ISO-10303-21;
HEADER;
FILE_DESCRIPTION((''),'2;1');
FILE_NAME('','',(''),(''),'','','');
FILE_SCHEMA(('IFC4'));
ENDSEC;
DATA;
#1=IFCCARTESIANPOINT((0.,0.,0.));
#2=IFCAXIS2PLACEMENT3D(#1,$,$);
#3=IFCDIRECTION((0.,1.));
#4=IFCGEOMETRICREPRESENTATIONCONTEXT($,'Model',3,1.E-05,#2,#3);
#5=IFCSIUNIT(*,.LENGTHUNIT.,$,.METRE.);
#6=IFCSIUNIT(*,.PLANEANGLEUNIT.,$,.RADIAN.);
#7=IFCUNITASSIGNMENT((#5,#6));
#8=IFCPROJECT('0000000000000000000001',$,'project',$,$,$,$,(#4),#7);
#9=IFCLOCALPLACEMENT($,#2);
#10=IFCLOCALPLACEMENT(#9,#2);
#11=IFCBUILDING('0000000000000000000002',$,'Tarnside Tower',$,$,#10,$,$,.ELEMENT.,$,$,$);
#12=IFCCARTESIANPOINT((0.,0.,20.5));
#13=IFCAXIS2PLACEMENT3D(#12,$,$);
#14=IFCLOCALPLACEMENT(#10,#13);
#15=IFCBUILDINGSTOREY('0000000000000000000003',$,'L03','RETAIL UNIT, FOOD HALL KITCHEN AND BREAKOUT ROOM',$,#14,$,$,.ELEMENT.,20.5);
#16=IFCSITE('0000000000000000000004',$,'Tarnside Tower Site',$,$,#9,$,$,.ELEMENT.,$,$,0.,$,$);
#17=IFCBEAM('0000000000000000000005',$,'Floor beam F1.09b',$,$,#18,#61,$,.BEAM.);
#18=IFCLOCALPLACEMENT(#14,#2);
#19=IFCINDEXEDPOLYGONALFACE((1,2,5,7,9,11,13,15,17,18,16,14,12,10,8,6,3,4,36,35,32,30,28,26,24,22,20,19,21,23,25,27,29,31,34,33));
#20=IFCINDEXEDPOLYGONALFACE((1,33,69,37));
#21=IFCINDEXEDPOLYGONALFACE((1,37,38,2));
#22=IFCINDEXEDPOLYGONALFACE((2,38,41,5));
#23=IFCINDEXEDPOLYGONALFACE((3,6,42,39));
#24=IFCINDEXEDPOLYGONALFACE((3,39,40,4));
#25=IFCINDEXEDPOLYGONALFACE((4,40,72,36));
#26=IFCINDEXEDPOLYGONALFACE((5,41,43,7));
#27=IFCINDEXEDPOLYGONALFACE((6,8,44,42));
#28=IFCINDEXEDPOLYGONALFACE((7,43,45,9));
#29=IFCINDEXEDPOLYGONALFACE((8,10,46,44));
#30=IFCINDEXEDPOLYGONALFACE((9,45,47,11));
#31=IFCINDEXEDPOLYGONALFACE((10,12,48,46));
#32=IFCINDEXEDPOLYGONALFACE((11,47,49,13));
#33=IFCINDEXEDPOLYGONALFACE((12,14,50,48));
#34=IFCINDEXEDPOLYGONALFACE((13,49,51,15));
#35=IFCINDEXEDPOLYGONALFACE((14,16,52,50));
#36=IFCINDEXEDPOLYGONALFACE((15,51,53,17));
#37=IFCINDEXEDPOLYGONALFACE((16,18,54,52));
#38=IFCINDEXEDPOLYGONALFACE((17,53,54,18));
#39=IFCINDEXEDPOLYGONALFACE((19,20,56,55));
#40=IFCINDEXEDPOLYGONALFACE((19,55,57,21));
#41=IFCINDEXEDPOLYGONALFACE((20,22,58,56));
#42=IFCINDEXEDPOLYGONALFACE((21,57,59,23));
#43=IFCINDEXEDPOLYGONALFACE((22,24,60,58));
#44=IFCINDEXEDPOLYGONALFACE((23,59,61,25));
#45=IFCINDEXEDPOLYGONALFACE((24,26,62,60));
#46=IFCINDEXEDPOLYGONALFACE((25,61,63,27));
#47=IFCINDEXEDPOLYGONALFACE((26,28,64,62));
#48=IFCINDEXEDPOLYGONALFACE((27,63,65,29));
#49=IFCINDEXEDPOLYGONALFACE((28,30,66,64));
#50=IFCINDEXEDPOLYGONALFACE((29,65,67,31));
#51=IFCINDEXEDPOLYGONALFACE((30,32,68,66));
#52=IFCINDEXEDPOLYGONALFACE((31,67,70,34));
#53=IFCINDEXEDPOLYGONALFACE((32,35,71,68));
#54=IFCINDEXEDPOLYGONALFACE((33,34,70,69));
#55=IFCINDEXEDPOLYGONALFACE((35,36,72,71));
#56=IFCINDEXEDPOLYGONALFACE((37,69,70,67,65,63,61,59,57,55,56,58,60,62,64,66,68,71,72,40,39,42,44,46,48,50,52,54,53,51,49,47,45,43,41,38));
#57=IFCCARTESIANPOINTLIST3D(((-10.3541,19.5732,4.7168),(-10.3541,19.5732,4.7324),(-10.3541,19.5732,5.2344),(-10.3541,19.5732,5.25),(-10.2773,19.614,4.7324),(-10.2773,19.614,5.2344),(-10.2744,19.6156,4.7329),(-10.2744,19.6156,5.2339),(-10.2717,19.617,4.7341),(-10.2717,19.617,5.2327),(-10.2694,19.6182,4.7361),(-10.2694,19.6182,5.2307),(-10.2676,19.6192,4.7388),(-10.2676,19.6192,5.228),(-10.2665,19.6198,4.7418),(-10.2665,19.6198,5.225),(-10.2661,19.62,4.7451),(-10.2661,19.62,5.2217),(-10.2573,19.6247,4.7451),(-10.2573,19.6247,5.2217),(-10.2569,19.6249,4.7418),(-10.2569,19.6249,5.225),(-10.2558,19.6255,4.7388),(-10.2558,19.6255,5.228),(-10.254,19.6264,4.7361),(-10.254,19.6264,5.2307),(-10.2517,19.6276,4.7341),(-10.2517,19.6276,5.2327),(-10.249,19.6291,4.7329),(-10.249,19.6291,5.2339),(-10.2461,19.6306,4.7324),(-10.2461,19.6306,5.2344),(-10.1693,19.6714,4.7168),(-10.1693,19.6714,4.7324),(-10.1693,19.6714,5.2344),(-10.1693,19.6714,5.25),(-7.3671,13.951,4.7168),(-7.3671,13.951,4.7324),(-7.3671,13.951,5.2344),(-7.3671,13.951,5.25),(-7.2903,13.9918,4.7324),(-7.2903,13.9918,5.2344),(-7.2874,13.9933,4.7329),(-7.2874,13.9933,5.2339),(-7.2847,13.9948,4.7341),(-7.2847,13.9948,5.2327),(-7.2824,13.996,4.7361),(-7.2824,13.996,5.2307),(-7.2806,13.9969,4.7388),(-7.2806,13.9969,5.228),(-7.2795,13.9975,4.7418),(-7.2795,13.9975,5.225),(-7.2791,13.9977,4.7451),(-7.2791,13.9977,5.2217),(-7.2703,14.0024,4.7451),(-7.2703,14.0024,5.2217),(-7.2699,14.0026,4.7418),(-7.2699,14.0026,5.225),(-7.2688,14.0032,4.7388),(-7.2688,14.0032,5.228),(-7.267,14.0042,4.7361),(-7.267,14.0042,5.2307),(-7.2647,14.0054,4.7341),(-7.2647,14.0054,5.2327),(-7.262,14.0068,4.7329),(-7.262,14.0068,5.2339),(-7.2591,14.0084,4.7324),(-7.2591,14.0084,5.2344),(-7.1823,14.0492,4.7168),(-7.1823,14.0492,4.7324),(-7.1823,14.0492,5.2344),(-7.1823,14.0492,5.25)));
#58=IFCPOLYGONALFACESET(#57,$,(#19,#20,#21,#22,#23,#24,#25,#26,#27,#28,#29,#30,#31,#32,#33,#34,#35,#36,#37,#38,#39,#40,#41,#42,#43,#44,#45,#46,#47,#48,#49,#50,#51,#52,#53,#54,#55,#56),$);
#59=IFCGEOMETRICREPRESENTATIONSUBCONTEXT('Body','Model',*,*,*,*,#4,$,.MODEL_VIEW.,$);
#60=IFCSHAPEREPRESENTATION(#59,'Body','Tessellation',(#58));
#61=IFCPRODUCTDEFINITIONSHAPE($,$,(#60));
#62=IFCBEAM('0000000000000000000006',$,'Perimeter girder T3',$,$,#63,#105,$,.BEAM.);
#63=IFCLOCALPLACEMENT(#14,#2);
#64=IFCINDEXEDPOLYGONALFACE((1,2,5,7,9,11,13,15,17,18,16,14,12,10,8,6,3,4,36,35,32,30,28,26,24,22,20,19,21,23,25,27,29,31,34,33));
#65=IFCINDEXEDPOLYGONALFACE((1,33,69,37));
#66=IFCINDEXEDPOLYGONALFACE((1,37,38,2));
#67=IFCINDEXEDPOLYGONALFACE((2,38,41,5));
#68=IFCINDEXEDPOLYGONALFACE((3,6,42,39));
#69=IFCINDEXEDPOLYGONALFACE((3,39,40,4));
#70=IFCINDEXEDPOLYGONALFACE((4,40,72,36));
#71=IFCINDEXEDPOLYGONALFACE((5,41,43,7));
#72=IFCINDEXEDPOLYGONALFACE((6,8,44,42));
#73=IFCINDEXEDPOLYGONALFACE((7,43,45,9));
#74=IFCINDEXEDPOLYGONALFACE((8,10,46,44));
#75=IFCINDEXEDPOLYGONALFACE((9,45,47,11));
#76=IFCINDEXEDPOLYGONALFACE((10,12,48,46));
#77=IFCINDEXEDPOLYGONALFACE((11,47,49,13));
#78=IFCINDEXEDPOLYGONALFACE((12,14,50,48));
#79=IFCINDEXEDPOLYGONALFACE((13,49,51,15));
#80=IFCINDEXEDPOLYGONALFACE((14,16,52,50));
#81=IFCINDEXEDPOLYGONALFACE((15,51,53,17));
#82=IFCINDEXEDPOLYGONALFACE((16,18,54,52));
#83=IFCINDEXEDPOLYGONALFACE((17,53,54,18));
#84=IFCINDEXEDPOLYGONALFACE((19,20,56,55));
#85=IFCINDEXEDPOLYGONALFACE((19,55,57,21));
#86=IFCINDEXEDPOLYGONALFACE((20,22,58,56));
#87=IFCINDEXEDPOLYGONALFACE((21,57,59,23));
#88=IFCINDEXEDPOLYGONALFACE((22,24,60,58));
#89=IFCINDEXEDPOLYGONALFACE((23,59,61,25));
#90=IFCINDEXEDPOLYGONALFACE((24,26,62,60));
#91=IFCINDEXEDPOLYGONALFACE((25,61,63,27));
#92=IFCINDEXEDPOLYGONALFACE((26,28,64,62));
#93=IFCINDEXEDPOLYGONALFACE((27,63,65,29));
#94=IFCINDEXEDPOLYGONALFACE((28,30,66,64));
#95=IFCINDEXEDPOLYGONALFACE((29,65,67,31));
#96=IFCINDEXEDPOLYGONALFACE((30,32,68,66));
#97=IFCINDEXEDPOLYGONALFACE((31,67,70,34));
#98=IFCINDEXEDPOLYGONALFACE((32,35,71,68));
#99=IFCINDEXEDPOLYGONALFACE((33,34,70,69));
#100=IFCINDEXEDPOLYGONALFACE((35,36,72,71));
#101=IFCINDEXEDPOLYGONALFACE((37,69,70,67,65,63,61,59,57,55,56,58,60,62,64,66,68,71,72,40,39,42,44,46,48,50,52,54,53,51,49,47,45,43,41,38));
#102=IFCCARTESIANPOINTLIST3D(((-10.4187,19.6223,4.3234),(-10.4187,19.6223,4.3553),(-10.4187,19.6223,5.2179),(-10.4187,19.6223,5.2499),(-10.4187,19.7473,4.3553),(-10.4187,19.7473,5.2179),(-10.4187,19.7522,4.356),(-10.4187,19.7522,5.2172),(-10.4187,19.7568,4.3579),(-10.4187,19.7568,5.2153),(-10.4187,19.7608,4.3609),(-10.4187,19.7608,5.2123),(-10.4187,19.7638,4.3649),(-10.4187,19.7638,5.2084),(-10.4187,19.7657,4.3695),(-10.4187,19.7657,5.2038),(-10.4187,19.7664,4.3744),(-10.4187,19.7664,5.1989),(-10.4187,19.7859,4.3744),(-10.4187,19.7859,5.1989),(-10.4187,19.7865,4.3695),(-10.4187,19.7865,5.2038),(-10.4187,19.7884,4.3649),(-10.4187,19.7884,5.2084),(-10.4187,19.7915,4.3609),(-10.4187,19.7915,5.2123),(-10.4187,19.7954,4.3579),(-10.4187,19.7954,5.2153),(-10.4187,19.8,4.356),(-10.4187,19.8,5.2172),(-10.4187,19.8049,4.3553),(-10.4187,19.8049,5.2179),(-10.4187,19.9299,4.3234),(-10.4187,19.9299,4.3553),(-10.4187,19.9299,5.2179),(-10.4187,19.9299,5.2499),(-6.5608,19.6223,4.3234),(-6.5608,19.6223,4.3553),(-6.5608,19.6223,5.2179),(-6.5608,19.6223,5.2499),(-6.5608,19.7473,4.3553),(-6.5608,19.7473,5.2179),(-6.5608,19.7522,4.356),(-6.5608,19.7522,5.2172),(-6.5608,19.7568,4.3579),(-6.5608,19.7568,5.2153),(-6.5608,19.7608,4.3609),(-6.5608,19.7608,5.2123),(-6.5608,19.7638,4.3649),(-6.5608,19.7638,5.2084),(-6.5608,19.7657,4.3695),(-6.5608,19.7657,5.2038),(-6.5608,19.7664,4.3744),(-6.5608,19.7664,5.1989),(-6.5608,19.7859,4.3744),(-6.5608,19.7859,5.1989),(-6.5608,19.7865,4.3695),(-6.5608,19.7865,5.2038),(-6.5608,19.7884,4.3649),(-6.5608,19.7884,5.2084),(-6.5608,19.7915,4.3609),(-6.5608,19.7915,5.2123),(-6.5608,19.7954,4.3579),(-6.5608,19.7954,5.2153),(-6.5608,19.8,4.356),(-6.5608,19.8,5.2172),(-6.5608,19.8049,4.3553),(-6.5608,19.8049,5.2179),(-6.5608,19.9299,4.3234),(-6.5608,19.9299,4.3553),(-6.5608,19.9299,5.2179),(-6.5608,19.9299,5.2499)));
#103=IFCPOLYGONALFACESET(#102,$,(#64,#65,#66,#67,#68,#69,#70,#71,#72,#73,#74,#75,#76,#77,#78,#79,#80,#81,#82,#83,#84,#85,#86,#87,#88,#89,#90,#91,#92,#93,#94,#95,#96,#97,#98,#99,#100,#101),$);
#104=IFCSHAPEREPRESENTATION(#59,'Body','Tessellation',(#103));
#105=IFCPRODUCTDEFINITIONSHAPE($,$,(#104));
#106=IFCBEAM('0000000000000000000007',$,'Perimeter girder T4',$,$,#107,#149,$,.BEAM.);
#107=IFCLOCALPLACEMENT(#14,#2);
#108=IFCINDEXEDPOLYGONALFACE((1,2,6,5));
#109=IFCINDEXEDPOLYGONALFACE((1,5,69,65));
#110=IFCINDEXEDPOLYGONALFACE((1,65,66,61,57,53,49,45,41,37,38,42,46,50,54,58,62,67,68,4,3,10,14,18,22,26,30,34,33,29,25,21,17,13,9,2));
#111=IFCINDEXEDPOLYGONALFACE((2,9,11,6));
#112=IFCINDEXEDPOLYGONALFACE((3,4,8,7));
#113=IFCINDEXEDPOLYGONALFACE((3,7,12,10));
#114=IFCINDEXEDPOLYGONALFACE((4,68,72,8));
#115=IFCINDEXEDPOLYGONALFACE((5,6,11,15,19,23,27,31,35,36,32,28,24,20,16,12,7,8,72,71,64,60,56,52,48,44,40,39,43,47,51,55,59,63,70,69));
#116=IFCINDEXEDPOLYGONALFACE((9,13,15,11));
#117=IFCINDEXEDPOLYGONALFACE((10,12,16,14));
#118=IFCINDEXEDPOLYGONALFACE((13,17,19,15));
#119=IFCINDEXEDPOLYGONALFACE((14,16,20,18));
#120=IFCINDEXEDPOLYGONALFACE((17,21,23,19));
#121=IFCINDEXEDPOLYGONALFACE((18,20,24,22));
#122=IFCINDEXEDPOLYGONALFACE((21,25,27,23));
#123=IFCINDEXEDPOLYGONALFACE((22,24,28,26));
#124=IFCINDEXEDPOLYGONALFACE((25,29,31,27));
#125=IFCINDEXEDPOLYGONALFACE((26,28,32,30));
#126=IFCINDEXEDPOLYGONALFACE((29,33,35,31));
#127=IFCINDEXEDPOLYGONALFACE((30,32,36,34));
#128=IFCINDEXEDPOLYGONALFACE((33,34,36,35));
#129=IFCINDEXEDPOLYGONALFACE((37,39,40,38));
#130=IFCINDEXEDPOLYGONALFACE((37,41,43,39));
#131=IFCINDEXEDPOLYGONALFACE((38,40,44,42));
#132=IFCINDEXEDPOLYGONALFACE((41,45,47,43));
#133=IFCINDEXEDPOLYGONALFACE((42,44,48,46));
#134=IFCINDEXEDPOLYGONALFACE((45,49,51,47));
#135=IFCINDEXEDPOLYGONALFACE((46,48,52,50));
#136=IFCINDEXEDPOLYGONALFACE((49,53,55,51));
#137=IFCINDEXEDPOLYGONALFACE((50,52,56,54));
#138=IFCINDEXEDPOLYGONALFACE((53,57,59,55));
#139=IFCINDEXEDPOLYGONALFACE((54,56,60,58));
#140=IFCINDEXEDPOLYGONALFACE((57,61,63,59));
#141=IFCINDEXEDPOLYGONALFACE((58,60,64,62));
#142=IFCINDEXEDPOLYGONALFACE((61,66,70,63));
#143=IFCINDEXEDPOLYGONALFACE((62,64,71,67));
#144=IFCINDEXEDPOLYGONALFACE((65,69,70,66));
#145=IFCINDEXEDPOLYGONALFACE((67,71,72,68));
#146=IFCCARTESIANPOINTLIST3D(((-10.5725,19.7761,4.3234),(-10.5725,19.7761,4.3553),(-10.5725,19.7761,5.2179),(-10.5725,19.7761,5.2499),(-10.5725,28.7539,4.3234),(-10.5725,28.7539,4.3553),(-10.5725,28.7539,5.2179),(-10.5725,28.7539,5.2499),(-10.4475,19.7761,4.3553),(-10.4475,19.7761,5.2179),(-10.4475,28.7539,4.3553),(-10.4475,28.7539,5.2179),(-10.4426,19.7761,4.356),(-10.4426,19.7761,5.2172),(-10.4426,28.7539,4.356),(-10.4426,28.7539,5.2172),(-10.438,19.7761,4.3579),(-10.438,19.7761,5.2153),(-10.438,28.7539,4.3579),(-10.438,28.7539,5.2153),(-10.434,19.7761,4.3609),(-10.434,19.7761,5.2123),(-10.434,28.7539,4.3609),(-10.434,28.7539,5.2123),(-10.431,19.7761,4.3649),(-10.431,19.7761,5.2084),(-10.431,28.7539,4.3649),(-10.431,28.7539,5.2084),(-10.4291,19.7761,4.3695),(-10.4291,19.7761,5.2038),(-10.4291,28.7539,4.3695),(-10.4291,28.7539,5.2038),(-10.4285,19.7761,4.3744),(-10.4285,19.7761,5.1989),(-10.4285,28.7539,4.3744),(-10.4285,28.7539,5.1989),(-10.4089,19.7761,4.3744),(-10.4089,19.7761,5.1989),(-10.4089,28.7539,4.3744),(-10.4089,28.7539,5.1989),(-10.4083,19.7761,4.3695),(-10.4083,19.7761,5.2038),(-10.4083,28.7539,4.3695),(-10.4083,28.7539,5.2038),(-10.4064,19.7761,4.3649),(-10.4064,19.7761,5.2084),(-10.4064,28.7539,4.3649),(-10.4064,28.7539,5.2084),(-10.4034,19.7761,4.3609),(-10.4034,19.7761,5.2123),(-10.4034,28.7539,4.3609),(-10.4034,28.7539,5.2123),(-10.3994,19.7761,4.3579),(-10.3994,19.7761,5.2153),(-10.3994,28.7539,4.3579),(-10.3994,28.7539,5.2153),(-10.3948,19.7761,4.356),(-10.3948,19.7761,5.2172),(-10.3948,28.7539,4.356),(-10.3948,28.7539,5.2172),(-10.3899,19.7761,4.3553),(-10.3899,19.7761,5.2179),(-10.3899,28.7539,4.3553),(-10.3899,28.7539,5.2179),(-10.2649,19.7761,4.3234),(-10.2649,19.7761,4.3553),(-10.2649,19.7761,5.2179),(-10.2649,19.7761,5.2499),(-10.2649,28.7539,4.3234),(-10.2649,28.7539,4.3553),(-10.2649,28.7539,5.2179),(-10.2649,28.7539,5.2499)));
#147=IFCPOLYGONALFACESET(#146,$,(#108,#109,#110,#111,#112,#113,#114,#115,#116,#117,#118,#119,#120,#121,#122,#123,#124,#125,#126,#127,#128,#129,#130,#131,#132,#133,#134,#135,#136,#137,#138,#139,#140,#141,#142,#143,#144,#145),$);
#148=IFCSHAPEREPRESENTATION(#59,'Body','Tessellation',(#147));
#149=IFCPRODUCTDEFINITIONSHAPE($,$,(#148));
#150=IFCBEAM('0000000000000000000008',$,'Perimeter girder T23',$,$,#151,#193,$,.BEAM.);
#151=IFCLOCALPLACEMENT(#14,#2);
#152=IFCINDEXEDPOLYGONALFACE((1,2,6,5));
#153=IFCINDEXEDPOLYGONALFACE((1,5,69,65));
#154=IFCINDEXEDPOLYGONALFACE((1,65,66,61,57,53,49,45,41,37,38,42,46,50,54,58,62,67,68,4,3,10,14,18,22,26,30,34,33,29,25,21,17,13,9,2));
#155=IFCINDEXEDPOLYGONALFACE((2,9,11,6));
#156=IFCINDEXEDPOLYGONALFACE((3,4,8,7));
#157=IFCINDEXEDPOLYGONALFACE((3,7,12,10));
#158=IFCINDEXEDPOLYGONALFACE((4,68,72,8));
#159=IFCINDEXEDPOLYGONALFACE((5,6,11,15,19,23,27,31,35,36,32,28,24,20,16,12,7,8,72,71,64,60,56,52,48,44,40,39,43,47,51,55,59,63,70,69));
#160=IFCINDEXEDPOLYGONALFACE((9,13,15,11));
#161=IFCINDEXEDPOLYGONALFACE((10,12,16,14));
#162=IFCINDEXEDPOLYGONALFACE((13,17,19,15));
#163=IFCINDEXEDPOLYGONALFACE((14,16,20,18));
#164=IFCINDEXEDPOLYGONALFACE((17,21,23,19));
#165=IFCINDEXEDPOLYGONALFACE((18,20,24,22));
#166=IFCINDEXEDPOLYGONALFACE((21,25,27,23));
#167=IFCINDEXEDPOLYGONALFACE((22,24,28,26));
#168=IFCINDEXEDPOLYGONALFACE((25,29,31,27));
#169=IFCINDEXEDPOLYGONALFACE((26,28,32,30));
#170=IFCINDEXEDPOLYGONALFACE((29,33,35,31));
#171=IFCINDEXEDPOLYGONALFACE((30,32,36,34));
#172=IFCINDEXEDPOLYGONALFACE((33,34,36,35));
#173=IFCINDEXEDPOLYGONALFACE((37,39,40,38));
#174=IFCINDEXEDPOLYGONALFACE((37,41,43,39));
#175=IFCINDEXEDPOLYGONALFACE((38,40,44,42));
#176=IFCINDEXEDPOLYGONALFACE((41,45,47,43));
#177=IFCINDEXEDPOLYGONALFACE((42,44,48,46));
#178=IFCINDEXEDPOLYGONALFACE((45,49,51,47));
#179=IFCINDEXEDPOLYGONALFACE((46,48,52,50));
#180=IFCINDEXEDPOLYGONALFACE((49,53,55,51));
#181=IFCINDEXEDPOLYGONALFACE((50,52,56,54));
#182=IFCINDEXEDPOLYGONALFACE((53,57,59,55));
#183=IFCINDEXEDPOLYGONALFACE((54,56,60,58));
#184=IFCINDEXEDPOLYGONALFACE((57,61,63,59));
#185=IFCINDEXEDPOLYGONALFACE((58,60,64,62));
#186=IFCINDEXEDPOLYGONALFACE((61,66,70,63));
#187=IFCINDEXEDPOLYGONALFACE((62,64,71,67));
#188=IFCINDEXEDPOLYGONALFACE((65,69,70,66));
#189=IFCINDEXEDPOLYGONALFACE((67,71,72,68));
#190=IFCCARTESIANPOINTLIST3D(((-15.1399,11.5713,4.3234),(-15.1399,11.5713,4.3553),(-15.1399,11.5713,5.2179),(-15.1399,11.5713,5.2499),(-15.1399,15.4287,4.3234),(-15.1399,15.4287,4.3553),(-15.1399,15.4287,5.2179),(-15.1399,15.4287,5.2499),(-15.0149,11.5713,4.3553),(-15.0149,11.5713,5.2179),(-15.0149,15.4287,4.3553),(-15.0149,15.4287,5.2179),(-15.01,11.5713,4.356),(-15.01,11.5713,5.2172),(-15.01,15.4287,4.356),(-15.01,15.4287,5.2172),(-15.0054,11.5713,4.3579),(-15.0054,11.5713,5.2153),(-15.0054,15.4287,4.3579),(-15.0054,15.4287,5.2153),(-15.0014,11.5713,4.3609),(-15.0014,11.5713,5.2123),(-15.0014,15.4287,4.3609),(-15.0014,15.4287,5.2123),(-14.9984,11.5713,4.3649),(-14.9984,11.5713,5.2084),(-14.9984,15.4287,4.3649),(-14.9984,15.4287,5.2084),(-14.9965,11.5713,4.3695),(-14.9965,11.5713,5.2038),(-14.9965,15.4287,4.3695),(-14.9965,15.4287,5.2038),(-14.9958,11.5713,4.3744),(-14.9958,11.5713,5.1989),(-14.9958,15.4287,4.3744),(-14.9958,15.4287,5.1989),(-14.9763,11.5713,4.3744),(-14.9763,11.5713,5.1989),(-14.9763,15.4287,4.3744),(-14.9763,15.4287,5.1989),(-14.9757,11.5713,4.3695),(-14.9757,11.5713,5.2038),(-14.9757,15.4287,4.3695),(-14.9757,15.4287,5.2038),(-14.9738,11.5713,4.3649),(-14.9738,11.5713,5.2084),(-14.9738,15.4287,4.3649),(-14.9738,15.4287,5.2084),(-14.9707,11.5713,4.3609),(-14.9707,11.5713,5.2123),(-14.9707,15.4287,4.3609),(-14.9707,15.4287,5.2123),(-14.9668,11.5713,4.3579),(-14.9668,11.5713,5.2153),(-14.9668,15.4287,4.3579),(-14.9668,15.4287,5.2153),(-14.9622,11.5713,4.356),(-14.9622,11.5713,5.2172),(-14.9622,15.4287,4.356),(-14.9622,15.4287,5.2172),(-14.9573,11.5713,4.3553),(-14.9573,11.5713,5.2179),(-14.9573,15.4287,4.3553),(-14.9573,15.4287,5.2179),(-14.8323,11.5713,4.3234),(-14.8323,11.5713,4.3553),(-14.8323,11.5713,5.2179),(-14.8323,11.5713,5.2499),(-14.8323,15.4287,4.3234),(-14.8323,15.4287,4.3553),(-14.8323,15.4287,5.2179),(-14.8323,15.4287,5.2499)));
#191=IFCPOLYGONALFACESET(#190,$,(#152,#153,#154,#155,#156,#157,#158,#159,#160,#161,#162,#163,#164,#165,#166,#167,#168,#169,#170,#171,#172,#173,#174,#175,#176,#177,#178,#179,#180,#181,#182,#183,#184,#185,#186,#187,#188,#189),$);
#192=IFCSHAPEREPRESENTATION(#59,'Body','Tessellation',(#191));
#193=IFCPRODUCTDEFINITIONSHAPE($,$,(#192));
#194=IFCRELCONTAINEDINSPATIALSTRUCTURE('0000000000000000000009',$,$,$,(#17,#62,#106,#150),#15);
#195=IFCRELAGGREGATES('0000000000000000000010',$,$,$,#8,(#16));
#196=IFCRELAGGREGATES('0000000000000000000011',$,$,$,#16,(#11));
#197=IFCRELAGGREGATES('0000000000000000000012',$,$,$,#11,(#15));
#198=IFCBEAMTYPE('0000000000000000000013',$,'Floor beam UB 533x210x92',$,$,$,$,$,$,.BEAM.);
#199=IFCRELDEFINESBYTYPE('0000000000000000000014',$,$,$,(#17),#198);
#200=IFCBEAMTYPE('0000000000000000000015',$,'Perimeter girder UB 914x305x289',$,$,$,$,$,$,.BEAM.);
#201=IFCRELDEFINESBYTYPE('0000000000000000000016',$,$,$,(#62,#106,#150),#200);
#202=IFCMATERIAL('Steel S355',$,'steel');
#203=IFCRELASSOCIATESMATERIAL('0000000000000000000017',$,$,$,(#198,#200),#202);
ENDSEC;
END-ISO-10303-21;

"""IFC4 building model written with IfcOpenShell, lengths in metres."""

from ifc_helpers import new_model, si_unit, direction, frame, origin, origin_2d, place, context, subcontext, project, spatial, i_section, extrude, material, material_profile, profile_set, type_object, element, save


model = new_model("IFC4")

# Units and contexts
model_context = context("Model", 3, precision=1e-05, world=origin(), true_north=direction((0.0, 1.0)))
body_context = subcontext(model_context, "Body", "Model", "MODEL_VIEW")
ifc_project = project(units=[si_unit("LENGTHUNIT", "METRE"), si_unit("PLANEANGLEUNIT", "RADIAN")], contexts=[model_context])

# Site, building, storey
site_placement = place(None, origin())
site = spatial("IfcSite", under=ifc_project, at=site_placement, Name="Tarnside Tower Site", CompositionType="ELEMENT", RefElevation=0.0)
building_placement = place(site_placement, origin())
building = spatial("IfcBuilding", under=site, at=building_placement, Name="Tarnside Tower", CompositionType="ELEMENT")
storey_placement = place(building_placement, frame((0.0, 0.0, 20.5)))
storey = spatial("IfcBuildingStorey", under=building, at=storey_placement, Name="L03", Description="RETAIL UNIT, FOOD HALL KITCHEN AND BREAKOUT ROOM", CompositionType="ELEMENT", Elevation=20.5)

# Beams
ifc_material_1 = material(Name="Steel S355", Category="steel")
ifc_material_profile_1 = material_profile(ifc_material_1, i_section(OverallWidth=0.2092, OverallDepth=0.5332, WebThickness=0.01, FlangeThickness=0.0156, FilletRadius=0.0127, at=origin_2d()), Name="UB 533x210x92")
ifc_profile_set_1 = profile_set([ifc_material_profile_1], Name="Steel S355")
beam_type_1 = type_object("IfcBeamType", Name="Floor beam UB 533x210x92", PredefinedType="BEAM", material=ifc_profile_set_1)
beam_1_placement = place(storey_placement, frame((-10.2617, 19.6223, 4.9834), z_axis=(0.46918, -0.883102, 0.0), x_axis=(0.883102, 0.46918, 0.0)))
element("IfcBeam", 1, at=beam_1_placement, inside=storey, type_object=beam_type_1, Name="Floor beam F1.09b", PredefinedType="BEAM", context=body_context, shape_type="SweptSolid", body=[
    extrude(i_section(OverallWidth=0.2092, OverallDepth=0.5332, WebThickness=0.01, FlangeThickness=0.0156, FilletRadius=0.0127, at=origin_2d()), origin(), (0.0, 0.0, 1.0), 6.3665),
])
ifc_material_profile_2 = material_profile(ifc_material_1, i_section(OverallWidth=0.3076, OverallDepth=0.9265, WebThickness=0.0195, FlangeThickness=0.032, FilletRadius=0.019, at=origin_2d()), Name="UB 914x305x289")
ifc_profile_set_2 = profile_set([ifc_material_profile_2], Name="Steel S355")
beam_type_2 = type_object("IfcBeamType", Name="Perimeter girder UB 914x305x289", PredefinedType="BEAM", material=ifc_profile_set_2)
beam_2_placement = place(storey_placement, frame((-6.5608, 19.7761, 4.7866), z_axis=(-1.0, 0.0, 0.0), x_axis=(0.0, -1.0, 0.0)))
element("IfcBeam", 2, at=beam_2_placement, inside=storey, type_object=beam_type_2, Name="Perimeter girder T3", PredefinedType="BEAM", context=body_context, shape_type="SweptSolid", body=[
    extrude(i_section(OverallWidth=0.3076, OverallDepth=0.9265, WebThickness=0.0195, FlangeThickness=0.032, FilletRadius=0.019, at=origin_2d()), origin(), (0.0, 0.0, 1.0), 3.8579),
])
beam_3_placement = place(storey_placement, frame((-10.4187, 19.7761, 4.7866), z_axis=(0.0, 1.0, 0.0), x_axis=(-1.0, 0.0, 0.0)))
element("IfcBeam", 3, at=beam_3_placement, inside=storey, type_object=beam_type_2, Name="Perimeter girder T4", PredefinedType="BEAM", context=body_context, shape_type="SweptSolid", body=[
    extrude(i_section(OverallWidth=0.3076, OverallDepth=0.9265, WebThickness=0.0195, FlangeThickness=0.032, FilletRadius=0.019, at=origin_2d()), origin(), (0.0, 0.0, 1.0), 8.9778),
])
beam_4_placement = place(storey_placement, frame((-14.9861, 15.4287, 4.7866), z_axis=(0.0, -1.0, 0.0), x_axis=(1.0, 0.0, 0.0)))
element("IfcBeam", 4, at=beam_4_placement, inside=storey, type_object=beam_type_2, Name="Perimeter girder T23", PredefinedType="BEAM", context=body_context, shape_type="SweptSolid", body=[
    extrude(i_section(OverallWidth=0.3076, OverallDepth=0.9265, WebThickness=0.0195, FlangeThickness=0.032, FilletRadius=0.019, at=origin_2d()), origin(), (0.0, 0.0, 1.0), 3.8574),
])

save(model, "model.ifc")
